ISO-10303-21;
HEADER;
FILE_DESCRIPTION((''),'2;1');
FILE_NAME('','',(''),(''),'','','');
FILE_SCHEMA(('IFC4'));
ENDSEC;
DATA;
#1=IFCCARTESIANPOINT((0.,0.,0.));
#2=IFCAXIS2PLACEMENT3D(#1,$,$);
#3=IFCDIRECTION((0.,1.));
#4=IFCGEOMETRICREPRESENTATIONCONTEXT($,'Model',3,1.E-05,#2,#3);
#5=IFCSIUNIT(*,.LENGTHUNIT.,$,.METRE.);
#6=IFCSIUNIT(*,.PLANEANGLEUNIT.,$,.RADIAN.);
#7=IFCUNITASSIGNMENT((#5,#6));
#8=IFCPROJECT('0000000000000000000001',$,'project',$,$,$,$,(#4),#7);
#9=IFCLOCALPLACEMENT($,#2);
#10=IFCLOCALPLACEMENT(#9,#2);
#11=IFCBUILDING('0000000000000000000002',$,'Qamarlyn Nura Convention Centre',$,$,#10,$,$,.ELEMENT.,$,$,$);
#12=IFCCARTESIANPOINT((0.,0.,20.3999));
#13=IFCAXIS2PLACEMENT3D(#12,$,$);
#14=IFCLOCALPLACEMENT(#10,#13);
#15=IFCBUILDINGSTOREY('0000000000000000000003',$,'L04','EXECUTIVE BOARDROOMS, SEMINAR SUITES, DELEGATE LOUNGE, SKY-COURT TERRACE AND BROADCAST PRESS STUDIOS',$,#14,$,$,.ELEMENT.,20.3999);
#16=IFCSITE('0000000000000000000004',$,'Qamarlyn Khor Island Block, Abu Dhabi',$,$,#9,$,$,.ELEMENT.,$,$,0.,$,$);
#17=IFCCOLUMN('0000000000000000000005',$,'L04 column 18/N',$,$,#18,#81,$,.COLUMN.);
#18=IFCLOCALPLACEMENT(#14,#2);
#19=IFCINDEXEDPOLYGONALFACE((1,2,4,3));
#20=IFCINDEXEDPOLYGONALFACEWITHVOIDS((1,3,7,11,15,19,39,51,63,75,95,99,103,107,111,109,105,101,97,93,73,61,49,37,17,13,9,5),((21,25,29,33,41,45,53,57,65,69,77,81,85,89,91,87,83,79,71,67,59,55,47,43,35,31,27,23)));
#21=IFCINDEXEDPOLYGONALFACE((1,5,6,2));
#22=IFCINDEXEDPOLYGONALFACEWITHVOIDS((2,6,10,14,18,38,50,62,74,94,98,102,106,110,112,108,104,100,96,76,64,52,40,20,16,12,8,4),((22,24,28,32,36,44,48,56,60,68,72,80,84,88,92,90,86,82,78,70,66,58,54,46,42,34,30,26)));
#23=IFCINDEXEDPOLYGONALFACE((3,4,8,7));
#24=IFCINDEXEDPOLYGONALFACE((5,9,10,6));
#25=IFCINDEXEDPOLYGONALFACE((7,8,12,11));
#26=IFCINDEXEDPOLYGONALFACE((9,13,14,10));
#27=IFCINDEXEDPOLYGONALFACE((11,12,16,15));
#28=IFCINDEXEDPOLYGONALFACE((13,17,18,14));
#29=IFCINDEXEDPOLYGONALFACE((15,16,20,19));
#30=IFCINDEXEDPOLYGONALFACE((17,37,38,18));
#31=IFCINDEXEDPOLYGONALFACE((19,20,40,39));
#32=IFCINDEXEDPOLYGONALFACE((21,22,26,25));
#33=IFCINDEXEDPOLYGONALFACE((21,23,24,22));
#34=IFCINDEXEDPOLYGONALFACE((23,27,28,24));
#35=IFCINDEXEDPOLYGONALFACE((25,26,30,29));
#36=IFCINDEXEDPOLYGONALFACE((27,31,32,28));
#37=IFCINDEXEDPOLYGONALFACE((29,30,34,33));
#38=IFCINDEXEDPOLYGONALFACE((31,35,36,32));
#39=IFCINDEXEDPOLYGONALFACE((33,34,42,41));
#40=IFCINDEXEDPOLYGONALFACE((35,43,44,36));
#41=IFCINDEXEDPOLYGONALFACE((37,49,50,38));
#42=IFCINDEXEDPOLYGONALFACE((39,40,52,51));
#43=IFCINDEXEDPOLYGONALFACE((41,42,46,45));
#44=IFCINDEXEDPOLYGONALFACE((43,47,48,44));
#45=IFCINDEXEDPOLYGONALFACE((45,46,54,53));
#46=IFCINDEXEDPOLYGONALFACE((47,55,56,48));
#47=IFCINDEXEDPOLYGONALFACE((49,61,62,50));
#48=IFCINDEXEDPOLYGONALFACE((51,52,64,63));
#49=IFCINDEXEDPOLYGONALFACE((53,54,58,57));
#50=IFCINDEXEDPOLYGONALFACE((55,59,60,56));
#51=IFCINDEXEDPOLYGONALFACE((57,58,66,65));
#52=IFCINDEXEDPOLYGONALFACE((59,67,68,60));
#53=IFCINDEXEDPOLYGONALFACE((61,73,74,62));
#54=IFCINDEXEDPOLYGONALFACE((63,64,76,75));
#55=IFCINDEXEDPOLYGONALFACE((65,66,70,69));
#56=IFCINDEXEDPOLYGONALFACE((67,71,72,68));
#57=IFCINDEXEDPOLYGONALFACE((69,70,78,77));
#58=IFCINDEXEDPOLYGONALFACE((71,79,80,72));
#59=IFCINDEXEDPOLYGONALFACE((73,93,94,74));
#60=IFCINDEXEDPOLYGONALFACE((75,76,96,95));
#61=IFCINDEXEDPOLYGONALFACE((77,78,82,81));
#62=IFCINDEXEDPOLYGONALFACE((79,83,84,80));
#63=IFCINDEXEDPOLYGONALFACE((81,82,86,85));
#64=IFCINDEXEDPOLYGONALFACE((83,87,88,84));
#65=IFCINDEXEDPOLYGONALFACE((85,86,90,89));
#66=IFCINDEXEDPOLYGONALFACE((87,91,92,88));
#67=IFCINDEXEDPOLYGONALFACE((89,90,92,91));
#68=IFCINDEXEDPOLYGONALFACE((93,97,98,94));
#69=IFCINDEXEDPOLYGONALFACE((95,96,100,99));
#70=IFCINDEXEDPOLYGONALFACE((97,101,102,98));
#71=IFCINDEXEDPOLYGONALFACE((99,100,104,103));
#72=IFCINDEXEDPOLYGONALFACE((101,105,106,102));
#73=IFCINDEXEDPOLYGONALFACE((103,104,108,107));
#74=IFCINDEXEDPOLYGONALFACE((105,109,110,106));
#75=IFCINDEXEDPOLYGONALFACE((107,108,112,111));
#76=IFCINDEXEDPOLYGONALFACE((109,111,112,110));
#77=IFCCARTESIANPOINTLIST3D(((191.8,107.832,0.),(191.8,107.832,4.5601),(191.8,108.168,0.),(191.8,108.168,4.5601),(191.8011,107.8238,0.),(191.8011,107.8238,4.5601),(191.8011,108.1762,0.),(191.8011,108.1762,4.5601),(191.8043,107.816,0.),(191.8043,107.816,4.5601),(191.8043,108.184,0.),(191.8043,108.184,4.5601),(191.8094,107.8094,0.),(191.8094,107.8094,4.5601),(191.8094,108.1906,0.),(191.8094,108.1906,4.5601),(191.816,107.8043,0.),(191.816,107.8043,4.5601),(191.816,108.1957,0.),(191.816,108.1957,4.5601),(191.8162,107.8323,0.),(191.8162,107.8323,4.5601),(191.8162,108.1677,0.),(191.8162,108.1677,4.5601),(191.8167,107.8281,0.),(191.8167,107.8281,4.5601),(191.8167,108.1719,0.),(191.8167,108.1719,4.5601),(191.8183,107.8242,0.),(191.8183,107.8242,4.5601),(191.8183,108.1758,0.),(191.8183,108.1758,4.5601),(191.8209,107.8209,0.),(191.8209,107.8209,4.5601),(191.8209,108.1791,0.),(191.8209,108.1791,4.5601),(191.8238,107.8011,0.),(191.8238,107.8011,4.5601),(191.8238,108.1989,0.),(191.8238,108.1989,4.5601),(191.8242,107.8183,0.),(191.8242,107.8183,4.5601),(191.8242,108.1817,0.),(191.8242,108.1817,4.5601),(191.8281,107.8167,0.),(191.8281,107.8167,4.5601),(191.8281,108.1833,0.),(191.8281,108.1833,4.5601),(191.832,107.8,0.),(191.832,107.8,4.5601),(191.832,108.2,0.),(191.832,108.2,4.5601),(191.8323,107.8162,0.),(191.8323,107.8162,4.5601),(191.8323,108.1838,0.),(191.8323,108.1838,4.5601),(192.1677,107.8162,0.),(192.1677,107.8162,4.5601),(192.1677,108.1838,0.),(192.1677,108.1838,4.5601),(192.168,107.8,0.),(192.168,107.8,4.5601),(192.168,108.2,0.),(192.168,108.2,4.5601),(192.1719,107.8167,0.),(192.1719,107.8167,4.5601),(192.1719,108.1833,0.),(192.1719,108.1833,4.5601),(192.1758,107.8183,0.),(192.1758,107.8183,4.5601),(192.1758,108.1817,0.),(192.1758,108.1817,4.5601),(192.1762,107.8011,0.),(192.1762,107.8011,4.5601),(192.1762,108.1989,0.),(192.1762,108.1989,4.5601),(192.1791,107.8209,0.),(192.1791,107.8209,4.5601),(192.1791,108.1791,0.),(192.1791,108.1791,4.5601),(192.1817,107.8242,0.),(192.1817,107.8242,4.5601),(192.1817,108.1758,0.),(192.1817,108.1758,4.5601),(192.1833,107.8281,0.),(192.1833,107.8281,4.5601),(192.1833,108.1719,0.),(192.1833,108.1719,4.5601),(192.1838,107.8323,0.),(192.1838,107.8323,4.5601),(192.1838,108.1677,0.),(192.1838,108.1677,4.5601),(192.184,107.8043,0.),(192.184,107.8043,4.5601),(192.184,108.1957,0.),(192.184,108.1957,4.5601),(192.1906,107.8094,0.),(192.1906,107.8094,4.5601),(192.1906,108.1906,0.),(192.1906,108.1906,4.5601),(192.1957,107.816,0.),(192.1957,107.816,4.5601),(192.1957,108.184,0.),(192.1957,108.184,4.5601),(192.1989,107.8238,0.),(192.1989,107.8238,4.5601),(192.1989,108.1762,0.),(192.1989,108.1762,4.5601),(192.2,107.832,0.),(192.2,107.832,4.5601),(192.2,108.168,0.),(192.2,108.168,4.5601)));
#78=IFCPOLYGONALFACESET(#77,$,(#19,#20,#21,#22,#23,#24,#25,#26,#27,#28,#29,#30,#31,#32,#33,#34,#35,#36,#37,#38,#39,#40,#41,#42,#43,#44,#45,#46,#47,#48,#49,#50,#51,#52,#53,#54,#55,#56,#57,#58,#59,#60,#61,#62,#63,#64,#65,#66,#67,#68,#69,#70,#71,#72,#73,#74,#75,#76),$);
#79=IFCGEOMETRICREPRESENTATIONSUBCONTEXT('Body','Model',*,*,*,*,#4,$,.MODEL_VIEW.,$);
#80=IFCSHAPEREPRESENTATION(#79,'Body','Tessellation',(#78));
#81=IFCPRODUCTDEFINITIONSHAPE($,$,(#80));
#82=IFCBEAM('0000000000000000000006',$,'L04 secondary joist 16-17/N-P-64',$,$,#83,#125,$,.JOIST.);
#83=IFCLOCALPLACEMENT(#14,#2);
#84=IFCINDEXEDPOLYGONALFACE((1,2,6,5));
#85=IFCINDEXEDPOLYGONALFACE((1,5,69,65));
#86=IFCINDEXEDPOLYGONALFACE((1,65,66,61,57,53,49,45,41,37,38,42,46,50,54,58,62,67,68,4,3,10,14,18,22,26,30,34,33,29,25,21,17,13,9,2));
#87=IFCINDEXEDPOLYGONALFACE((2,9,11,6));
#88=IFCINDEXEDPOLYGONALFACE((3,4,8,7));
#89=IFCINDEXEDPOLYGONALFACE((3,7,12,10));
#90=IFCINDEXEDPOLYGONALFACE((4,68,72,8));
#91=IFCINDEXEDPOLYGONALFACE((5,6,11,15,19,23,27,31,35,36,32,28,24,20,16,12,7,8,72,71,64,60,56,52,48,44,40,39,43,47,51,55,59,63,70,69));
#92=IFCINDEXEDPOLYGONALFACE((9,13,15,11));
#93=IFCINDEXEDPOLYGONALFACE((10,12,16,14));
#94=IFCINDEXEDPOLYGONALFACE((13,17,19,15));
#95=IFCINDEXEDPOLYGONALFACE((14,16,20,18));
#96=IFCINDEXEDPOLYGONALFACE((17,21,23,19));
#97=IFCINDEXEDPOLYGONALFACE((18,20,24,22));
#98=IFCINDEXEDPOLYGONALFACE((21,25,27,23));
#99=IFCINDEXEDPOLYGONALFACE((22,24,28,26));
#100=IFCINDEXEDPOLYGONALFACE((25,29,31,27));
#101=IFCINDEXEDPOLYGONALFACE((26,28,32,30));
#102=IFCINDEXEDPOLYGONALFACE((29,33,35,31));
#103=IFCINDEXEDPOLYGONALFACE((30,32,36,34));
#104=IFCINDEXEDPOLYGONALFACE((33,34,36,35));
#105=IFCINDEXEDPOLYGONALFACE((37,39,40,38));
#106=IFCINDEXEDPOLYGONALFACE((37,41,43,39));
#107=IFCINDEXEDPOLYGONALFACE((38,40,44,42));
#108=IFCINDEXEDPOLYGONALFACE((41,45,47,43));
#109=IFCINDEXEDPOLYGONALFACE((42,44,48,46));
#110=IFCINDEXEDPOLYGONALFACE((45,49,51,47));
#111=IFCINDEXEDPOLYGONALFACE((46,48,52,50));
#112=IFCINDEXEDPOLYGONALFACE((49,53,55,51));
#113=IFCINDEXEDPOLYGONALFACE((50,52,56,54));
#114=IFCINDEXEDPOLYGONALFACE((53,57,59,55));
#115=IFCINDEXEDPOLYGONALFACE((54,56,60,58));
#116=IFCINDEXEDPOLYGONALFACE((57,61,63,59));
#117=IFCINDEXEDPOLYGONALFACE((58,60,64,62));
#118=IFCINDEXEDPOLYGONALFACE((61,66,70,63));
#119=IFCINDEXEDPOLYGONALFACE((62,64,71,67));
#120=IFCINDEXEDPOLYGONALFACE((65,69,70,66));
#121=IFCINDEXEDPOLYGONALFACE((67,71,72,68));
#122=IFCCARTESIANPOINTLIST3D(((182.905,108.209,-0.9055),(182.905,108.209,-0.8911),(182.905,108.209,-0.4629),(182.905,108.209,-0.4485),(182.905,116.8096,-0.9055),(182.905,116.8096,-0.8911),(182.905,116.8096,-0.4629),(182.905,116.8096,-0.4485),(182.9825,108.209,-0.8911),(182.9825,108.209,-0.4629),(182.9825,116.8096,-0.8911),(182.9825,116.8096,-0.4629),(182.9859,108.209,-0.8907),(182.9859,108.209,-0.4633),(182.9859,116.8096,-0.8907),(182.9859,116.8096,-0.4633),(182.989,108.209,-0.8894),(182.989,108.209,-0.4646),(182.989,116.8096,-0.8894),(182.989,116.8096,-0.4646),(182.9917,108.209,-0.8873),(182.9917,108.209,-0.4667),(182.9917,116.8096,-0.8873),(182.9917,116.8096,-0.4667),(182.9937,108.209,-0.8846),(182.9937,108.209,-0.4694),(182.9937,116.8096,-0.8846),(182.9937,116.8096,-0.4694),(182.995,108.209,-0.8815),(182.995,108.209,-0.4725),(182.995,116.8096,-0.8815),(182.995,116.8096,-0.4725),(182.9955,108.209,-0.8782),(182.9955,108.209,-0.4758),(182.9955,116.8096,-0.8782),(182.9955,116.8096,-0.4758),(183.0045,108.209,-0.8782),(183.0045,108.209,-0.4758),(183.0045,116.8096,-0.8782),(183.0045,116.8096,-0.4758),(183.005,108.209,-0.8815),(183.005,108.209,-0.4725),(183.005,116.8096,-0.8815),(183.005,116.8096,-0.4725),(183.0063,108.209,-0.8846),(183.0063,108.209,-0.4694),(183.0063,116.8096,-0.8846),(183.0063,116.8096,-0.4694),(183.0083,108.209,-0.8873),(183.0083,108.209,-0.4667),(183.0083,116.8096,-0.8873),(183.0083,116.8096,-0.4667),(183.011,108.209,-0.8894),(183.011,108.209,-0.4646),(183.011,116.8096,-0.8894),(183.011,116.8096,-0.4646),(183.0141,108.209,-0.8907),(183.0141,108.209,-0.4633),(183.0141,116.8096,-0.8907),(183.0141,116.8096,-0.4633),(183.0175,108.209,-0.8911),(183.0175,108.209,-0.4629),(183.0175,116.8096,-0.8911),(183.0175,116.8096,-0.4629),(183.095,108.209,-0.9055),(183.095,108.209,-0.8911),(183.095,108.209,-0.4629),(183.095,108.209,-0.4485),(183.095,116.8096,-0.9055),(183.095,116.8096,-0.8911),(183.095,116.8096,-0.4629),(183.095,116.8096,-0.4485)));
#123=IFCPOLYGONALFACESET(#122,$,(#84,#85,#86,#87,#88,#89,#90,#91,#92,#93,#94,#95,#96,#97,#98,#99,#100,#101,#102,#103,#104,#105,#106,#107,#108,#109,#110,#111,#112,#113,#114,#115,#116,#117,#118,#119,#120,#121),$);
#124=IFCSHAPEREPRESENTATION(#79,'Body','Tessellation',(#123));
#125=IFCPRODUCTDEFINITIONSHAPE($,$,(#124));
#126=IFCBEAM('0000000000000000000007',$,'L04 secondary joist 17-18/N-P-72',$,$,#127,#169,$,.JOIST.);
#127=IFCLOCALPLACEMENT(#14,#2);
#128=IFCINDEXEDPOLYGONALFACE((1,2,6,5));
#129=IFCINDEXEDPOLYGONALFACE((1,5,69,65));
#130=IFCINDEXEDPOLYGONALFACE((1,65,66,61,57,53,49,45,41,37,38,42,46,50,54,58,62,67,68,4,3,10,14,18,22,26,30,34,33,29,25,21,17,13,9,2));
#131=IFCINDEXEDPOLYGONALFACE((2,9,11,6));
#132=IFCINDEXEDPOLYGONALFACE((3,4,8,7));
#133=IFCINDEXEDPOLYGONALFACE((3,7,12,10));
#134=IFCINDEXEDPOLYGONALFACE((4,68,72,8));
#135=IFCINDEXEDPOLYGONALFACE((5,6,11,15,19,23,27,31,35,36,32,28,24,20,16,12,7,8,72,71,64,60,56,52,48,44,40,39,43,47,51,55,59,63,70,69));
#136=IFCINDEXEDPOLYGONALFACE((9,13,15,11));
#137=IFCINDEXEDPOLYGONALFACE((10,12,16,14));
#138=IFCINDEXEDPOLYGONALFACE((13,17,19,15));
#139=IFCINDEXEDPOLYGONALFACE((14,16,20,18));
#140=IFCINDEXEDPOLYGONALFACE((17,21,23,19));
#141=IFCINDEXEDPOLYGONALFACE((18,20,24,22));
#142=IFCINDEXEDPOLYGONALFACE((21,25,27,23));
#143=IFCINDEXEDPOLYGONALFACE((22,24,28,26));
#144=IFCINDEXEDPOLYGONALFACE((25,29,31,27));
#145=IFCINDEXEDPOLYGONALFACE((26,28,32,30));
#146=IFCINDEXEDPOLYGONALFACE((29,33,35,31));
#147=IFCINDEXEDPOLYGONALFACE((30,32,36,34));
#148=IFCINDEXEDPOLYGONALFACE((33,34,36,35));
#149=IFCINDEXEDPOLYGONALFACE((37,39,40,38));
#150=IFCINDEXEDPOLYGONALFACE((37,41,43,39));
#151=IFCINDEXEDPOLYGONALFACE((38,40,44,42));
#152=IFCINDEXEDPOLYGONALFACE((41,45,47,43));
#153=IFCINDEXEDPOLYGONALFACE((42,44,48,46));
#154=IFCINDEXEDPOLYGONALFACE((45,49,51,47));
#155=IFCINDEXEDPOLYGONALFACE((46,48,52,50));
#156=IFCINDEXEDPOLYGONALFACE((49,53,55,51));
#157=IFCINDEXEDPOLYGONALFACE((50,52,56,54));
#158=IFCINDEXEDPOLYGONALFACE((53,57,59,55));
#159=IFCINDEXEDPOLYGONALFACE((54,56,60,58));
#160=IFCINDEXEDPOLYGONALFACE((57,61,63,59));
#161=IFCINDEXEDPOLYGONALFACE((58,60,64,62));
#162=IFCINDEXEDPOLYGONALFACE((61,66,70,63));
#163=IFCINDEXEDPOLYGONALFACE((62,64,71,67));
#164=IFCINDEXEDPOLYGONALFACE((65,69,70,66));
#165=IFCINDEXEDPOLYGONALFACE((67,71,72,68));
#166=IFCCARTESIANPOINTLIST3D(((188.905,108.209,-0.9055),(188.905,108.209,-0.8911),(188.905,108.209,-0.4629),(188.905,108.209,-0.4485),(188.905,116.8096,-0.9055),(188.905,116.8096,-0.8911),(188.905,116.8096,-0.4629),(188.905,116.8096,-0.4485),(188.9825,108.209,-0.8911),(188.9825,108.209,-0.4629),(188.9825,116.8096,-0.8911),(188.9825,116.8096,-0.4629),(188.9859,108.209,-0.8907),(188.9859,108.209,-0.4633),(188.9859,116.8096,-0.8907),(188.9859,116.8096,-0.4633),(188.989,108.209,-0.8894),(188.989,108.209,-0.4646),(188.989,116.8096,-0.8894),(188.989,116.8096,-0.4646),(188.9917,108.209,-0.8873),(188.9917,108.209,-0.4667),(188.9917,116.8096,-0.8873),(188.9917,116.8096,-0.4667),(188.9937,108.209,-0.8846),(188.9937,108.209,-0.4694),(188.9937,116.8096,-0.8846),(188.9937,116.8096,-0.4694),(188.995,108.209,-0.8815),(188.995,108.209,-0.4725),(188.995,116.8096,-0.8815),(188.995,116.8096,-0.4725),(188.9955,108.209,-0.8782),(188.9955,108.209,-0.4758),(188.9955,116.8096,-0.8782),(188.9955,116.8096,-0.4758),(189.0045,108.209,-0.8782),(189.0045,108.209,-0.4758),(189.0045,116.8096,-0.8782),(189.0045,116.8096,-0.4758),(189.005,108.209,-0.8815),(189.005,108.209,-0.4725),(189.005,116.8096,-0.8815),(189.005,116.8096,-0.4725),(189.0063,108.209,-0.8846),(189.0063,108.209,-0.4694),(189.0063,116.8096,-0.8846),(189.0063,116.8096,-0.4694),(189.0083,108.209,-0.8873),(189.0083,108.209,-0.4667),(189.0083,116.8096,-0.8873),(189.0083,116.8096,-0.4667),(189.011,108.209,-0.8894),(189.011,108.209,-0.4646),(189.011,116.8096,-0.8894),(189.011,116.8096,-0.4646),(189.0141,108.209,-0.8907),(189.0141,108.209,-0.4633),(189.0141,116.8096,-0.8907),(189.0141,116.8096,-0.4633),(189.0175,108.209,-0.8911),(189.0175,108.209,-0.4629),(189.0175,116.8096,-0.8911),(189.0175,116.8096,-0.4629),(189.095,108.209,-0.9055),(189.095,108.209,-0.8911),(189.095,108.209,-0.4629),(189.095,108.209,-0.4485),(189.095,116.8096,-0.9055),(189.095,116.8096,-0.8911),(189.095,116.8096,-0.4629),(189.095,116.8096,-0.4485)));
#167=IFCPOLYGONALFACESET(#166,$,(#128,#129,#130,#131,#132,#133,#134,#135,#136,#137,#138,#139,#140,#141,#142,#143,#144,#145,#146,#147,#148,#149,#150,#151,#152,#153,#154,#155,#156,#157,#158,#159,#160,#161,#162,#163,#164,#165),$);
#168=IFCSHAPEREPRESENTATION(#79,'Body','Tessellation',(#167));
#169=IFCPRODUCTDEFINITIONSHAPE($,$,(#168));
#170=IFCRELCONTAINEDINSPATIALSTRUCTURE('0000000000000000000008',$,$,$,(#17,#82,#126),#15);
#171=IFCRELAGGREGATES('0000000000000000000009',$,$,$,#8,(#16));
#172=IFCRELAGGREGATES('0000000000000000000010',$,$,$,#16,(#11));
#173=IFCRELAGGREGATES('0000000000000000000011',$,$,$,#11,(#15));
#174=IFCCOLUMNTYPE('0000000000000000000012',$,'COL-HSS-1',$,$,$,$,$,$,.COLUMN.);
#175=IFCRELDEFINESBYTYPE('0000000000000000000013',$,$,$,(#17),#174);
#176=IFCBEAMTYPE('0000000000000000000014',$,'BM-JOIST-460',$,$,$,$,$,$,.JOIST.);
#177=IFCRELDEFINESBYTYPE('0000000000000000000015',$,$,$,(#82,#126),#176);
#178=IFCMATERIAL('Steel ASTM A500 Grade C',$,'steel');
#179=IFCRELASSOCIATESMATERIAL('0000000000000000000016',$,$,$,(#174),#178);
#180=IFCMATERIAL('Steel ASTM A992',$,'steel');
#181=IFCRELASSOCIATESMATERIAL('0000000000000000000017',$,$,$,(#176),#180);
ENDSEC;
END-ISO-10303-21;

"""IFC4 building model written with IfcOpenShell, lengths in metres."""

from ifc_helpers import new_model, si_unit, direction, frame, origin, origin_2d, place, context, subcontext, project, spatial, hollow_rectangle, i_section, extrude, material, material_profile, profile_set, type_object, element, save


model = new_model("IFC4")

# Units and contexts
model_context = context("Model", 3, precision=1e-05, world=origin(), true_north=direction((0.0, 1.0)))
body_context = subcontext(model_context, "Body", "Model", "MODEL_VIEW")
ifc_project = project(units=[si_unit("LENGTHUNIT", "METRE"), si_unit("PLANEANGLEUNIT", "RADIAN")], contexts=[model_context])

# Site, building, storey
site_placement = place(None, origin())
site = spatial("IfcSite", under=ifc_project, at=site_placement, Name="Qamarlyn Khor Island Block, Abu Dhabi", CompositionType="ELEMENT", RefElevation=0.0)
building_placement = place(site_placement, origin())
building = spatial("IfcBuilding", under=site, at=building_placement, Name="Qamarlyn Nura Convention Centre", CompositionType="ELEMENT")
storey_placement = place(building_placement, frame((0.0, 0.0, 20.3999)))
storey = spatial("IfcBuildingStorey", under=building, at=storey_placement, Name="L04", Description="EXECUTIVE BOARDROOMS, SEMINAR SUITES, DELEGATE LOUNGE, SKY-COURT TERRACE AND BROADCAST PRESS STUDIOS", CompositionType="ELEMENT", Elevation=20.3999)

# Column
ifc_material_1 = material(Name="Steel ASTM A500 Grade C", Category="steel")
ifc_material_profile_1 = material_profile(ifc_material_1, hollow_rectangle(XDim=0.3999, YDim=0.3999, WallThickness=0.0161, InnerFilletRadius=0.0161, OuterFilletRadius=0.032, at=origin_2d()), Name="HSS400X400X16")
ifc_profile_set_1 = profile_set([ifc_material_profile_1], Name="Steel ASTM A500 Grade C")
column_type = type_object("IfcColumnType", Name="COL-HSS-1", PredefinedType="COLUMN", material=ifc_profile_set_1)
column_placement = place(storey_placement, frame((192.0, 108.0, 0.0), z_axis=(0.0, 0.0, 1.0), x_axis=(1.0, 0.0, 0.0)))
element("IfcColumn", 1, at=column_placement, inside=storey, type_object=column_type, Name="L04 column 18/N", PredefinedType="COLUMN", context=body_context, shape_type="SweptSolid", body=[
    extrude(hollow_rectangle(XDim=0.3999, YDim=0.3999, WallThickness=0.0161, InnerFilletRadius=0.0161, OuterFilletRadius=0.032, at=origin_2d()), origin(), (0.0, 0.0, 1.0), 4.5601),
])

# Beams
ifc_material_2 = material(Name="Steel ASTM A992", Category="steel")
ifc_material_profile_2 = material_profile(ifc_material_2, i_section(OverallWidth=0.1899, OverallDepth=0.457, WebThickness=0.009, FlangeThickness=0.0144, FilletRadius=0.0129, at=origin_2d()), Name="W460X74")
ifc_profile_set_2 = profile_set([ifc_material_profile_2], Name="Steel ASTM A992")
beam_type_1 = type_object("IfcBeamType", Name="BM-JOIST-460", PredefinedType="JOIST", material=ifc_profile_set_2)
for number, where, z_axis, x_axis, name in (
    (2, (183.0, 108.209, -0.677), (0.0, 1.0, 0.0), (-1.0, 0.0, 0.0), "L04 secondary joist 16-17/N-P-64"),
    (3, (189.0, 108.209, -0.677), (0.0, 1.0, 0.0), (-1.0, 0.0, 0.0), "L04 secondary joist 17-18/N-P-72"),
):
    element("IfcBeam", number, at=place(storey_placement, frame(where, z_axis=z_axis, x_axis=x_axis)), inside=storey, type_object=beam_type_1, Name=name, PredefinedType="JOIST", context=body_context, shape_type="SweptSolid", body=[
        extrude(i_section(OverallWidth=0.1899, OverallDepth=0.457, WebThickness=0.009, FlangeThickness=0.0144, FilletRadius=0.0129, at=origin_2d()), origin(), (0.0, 0.0, 1.0), 8.6006),
    ])

save(model, "model.ifc")
